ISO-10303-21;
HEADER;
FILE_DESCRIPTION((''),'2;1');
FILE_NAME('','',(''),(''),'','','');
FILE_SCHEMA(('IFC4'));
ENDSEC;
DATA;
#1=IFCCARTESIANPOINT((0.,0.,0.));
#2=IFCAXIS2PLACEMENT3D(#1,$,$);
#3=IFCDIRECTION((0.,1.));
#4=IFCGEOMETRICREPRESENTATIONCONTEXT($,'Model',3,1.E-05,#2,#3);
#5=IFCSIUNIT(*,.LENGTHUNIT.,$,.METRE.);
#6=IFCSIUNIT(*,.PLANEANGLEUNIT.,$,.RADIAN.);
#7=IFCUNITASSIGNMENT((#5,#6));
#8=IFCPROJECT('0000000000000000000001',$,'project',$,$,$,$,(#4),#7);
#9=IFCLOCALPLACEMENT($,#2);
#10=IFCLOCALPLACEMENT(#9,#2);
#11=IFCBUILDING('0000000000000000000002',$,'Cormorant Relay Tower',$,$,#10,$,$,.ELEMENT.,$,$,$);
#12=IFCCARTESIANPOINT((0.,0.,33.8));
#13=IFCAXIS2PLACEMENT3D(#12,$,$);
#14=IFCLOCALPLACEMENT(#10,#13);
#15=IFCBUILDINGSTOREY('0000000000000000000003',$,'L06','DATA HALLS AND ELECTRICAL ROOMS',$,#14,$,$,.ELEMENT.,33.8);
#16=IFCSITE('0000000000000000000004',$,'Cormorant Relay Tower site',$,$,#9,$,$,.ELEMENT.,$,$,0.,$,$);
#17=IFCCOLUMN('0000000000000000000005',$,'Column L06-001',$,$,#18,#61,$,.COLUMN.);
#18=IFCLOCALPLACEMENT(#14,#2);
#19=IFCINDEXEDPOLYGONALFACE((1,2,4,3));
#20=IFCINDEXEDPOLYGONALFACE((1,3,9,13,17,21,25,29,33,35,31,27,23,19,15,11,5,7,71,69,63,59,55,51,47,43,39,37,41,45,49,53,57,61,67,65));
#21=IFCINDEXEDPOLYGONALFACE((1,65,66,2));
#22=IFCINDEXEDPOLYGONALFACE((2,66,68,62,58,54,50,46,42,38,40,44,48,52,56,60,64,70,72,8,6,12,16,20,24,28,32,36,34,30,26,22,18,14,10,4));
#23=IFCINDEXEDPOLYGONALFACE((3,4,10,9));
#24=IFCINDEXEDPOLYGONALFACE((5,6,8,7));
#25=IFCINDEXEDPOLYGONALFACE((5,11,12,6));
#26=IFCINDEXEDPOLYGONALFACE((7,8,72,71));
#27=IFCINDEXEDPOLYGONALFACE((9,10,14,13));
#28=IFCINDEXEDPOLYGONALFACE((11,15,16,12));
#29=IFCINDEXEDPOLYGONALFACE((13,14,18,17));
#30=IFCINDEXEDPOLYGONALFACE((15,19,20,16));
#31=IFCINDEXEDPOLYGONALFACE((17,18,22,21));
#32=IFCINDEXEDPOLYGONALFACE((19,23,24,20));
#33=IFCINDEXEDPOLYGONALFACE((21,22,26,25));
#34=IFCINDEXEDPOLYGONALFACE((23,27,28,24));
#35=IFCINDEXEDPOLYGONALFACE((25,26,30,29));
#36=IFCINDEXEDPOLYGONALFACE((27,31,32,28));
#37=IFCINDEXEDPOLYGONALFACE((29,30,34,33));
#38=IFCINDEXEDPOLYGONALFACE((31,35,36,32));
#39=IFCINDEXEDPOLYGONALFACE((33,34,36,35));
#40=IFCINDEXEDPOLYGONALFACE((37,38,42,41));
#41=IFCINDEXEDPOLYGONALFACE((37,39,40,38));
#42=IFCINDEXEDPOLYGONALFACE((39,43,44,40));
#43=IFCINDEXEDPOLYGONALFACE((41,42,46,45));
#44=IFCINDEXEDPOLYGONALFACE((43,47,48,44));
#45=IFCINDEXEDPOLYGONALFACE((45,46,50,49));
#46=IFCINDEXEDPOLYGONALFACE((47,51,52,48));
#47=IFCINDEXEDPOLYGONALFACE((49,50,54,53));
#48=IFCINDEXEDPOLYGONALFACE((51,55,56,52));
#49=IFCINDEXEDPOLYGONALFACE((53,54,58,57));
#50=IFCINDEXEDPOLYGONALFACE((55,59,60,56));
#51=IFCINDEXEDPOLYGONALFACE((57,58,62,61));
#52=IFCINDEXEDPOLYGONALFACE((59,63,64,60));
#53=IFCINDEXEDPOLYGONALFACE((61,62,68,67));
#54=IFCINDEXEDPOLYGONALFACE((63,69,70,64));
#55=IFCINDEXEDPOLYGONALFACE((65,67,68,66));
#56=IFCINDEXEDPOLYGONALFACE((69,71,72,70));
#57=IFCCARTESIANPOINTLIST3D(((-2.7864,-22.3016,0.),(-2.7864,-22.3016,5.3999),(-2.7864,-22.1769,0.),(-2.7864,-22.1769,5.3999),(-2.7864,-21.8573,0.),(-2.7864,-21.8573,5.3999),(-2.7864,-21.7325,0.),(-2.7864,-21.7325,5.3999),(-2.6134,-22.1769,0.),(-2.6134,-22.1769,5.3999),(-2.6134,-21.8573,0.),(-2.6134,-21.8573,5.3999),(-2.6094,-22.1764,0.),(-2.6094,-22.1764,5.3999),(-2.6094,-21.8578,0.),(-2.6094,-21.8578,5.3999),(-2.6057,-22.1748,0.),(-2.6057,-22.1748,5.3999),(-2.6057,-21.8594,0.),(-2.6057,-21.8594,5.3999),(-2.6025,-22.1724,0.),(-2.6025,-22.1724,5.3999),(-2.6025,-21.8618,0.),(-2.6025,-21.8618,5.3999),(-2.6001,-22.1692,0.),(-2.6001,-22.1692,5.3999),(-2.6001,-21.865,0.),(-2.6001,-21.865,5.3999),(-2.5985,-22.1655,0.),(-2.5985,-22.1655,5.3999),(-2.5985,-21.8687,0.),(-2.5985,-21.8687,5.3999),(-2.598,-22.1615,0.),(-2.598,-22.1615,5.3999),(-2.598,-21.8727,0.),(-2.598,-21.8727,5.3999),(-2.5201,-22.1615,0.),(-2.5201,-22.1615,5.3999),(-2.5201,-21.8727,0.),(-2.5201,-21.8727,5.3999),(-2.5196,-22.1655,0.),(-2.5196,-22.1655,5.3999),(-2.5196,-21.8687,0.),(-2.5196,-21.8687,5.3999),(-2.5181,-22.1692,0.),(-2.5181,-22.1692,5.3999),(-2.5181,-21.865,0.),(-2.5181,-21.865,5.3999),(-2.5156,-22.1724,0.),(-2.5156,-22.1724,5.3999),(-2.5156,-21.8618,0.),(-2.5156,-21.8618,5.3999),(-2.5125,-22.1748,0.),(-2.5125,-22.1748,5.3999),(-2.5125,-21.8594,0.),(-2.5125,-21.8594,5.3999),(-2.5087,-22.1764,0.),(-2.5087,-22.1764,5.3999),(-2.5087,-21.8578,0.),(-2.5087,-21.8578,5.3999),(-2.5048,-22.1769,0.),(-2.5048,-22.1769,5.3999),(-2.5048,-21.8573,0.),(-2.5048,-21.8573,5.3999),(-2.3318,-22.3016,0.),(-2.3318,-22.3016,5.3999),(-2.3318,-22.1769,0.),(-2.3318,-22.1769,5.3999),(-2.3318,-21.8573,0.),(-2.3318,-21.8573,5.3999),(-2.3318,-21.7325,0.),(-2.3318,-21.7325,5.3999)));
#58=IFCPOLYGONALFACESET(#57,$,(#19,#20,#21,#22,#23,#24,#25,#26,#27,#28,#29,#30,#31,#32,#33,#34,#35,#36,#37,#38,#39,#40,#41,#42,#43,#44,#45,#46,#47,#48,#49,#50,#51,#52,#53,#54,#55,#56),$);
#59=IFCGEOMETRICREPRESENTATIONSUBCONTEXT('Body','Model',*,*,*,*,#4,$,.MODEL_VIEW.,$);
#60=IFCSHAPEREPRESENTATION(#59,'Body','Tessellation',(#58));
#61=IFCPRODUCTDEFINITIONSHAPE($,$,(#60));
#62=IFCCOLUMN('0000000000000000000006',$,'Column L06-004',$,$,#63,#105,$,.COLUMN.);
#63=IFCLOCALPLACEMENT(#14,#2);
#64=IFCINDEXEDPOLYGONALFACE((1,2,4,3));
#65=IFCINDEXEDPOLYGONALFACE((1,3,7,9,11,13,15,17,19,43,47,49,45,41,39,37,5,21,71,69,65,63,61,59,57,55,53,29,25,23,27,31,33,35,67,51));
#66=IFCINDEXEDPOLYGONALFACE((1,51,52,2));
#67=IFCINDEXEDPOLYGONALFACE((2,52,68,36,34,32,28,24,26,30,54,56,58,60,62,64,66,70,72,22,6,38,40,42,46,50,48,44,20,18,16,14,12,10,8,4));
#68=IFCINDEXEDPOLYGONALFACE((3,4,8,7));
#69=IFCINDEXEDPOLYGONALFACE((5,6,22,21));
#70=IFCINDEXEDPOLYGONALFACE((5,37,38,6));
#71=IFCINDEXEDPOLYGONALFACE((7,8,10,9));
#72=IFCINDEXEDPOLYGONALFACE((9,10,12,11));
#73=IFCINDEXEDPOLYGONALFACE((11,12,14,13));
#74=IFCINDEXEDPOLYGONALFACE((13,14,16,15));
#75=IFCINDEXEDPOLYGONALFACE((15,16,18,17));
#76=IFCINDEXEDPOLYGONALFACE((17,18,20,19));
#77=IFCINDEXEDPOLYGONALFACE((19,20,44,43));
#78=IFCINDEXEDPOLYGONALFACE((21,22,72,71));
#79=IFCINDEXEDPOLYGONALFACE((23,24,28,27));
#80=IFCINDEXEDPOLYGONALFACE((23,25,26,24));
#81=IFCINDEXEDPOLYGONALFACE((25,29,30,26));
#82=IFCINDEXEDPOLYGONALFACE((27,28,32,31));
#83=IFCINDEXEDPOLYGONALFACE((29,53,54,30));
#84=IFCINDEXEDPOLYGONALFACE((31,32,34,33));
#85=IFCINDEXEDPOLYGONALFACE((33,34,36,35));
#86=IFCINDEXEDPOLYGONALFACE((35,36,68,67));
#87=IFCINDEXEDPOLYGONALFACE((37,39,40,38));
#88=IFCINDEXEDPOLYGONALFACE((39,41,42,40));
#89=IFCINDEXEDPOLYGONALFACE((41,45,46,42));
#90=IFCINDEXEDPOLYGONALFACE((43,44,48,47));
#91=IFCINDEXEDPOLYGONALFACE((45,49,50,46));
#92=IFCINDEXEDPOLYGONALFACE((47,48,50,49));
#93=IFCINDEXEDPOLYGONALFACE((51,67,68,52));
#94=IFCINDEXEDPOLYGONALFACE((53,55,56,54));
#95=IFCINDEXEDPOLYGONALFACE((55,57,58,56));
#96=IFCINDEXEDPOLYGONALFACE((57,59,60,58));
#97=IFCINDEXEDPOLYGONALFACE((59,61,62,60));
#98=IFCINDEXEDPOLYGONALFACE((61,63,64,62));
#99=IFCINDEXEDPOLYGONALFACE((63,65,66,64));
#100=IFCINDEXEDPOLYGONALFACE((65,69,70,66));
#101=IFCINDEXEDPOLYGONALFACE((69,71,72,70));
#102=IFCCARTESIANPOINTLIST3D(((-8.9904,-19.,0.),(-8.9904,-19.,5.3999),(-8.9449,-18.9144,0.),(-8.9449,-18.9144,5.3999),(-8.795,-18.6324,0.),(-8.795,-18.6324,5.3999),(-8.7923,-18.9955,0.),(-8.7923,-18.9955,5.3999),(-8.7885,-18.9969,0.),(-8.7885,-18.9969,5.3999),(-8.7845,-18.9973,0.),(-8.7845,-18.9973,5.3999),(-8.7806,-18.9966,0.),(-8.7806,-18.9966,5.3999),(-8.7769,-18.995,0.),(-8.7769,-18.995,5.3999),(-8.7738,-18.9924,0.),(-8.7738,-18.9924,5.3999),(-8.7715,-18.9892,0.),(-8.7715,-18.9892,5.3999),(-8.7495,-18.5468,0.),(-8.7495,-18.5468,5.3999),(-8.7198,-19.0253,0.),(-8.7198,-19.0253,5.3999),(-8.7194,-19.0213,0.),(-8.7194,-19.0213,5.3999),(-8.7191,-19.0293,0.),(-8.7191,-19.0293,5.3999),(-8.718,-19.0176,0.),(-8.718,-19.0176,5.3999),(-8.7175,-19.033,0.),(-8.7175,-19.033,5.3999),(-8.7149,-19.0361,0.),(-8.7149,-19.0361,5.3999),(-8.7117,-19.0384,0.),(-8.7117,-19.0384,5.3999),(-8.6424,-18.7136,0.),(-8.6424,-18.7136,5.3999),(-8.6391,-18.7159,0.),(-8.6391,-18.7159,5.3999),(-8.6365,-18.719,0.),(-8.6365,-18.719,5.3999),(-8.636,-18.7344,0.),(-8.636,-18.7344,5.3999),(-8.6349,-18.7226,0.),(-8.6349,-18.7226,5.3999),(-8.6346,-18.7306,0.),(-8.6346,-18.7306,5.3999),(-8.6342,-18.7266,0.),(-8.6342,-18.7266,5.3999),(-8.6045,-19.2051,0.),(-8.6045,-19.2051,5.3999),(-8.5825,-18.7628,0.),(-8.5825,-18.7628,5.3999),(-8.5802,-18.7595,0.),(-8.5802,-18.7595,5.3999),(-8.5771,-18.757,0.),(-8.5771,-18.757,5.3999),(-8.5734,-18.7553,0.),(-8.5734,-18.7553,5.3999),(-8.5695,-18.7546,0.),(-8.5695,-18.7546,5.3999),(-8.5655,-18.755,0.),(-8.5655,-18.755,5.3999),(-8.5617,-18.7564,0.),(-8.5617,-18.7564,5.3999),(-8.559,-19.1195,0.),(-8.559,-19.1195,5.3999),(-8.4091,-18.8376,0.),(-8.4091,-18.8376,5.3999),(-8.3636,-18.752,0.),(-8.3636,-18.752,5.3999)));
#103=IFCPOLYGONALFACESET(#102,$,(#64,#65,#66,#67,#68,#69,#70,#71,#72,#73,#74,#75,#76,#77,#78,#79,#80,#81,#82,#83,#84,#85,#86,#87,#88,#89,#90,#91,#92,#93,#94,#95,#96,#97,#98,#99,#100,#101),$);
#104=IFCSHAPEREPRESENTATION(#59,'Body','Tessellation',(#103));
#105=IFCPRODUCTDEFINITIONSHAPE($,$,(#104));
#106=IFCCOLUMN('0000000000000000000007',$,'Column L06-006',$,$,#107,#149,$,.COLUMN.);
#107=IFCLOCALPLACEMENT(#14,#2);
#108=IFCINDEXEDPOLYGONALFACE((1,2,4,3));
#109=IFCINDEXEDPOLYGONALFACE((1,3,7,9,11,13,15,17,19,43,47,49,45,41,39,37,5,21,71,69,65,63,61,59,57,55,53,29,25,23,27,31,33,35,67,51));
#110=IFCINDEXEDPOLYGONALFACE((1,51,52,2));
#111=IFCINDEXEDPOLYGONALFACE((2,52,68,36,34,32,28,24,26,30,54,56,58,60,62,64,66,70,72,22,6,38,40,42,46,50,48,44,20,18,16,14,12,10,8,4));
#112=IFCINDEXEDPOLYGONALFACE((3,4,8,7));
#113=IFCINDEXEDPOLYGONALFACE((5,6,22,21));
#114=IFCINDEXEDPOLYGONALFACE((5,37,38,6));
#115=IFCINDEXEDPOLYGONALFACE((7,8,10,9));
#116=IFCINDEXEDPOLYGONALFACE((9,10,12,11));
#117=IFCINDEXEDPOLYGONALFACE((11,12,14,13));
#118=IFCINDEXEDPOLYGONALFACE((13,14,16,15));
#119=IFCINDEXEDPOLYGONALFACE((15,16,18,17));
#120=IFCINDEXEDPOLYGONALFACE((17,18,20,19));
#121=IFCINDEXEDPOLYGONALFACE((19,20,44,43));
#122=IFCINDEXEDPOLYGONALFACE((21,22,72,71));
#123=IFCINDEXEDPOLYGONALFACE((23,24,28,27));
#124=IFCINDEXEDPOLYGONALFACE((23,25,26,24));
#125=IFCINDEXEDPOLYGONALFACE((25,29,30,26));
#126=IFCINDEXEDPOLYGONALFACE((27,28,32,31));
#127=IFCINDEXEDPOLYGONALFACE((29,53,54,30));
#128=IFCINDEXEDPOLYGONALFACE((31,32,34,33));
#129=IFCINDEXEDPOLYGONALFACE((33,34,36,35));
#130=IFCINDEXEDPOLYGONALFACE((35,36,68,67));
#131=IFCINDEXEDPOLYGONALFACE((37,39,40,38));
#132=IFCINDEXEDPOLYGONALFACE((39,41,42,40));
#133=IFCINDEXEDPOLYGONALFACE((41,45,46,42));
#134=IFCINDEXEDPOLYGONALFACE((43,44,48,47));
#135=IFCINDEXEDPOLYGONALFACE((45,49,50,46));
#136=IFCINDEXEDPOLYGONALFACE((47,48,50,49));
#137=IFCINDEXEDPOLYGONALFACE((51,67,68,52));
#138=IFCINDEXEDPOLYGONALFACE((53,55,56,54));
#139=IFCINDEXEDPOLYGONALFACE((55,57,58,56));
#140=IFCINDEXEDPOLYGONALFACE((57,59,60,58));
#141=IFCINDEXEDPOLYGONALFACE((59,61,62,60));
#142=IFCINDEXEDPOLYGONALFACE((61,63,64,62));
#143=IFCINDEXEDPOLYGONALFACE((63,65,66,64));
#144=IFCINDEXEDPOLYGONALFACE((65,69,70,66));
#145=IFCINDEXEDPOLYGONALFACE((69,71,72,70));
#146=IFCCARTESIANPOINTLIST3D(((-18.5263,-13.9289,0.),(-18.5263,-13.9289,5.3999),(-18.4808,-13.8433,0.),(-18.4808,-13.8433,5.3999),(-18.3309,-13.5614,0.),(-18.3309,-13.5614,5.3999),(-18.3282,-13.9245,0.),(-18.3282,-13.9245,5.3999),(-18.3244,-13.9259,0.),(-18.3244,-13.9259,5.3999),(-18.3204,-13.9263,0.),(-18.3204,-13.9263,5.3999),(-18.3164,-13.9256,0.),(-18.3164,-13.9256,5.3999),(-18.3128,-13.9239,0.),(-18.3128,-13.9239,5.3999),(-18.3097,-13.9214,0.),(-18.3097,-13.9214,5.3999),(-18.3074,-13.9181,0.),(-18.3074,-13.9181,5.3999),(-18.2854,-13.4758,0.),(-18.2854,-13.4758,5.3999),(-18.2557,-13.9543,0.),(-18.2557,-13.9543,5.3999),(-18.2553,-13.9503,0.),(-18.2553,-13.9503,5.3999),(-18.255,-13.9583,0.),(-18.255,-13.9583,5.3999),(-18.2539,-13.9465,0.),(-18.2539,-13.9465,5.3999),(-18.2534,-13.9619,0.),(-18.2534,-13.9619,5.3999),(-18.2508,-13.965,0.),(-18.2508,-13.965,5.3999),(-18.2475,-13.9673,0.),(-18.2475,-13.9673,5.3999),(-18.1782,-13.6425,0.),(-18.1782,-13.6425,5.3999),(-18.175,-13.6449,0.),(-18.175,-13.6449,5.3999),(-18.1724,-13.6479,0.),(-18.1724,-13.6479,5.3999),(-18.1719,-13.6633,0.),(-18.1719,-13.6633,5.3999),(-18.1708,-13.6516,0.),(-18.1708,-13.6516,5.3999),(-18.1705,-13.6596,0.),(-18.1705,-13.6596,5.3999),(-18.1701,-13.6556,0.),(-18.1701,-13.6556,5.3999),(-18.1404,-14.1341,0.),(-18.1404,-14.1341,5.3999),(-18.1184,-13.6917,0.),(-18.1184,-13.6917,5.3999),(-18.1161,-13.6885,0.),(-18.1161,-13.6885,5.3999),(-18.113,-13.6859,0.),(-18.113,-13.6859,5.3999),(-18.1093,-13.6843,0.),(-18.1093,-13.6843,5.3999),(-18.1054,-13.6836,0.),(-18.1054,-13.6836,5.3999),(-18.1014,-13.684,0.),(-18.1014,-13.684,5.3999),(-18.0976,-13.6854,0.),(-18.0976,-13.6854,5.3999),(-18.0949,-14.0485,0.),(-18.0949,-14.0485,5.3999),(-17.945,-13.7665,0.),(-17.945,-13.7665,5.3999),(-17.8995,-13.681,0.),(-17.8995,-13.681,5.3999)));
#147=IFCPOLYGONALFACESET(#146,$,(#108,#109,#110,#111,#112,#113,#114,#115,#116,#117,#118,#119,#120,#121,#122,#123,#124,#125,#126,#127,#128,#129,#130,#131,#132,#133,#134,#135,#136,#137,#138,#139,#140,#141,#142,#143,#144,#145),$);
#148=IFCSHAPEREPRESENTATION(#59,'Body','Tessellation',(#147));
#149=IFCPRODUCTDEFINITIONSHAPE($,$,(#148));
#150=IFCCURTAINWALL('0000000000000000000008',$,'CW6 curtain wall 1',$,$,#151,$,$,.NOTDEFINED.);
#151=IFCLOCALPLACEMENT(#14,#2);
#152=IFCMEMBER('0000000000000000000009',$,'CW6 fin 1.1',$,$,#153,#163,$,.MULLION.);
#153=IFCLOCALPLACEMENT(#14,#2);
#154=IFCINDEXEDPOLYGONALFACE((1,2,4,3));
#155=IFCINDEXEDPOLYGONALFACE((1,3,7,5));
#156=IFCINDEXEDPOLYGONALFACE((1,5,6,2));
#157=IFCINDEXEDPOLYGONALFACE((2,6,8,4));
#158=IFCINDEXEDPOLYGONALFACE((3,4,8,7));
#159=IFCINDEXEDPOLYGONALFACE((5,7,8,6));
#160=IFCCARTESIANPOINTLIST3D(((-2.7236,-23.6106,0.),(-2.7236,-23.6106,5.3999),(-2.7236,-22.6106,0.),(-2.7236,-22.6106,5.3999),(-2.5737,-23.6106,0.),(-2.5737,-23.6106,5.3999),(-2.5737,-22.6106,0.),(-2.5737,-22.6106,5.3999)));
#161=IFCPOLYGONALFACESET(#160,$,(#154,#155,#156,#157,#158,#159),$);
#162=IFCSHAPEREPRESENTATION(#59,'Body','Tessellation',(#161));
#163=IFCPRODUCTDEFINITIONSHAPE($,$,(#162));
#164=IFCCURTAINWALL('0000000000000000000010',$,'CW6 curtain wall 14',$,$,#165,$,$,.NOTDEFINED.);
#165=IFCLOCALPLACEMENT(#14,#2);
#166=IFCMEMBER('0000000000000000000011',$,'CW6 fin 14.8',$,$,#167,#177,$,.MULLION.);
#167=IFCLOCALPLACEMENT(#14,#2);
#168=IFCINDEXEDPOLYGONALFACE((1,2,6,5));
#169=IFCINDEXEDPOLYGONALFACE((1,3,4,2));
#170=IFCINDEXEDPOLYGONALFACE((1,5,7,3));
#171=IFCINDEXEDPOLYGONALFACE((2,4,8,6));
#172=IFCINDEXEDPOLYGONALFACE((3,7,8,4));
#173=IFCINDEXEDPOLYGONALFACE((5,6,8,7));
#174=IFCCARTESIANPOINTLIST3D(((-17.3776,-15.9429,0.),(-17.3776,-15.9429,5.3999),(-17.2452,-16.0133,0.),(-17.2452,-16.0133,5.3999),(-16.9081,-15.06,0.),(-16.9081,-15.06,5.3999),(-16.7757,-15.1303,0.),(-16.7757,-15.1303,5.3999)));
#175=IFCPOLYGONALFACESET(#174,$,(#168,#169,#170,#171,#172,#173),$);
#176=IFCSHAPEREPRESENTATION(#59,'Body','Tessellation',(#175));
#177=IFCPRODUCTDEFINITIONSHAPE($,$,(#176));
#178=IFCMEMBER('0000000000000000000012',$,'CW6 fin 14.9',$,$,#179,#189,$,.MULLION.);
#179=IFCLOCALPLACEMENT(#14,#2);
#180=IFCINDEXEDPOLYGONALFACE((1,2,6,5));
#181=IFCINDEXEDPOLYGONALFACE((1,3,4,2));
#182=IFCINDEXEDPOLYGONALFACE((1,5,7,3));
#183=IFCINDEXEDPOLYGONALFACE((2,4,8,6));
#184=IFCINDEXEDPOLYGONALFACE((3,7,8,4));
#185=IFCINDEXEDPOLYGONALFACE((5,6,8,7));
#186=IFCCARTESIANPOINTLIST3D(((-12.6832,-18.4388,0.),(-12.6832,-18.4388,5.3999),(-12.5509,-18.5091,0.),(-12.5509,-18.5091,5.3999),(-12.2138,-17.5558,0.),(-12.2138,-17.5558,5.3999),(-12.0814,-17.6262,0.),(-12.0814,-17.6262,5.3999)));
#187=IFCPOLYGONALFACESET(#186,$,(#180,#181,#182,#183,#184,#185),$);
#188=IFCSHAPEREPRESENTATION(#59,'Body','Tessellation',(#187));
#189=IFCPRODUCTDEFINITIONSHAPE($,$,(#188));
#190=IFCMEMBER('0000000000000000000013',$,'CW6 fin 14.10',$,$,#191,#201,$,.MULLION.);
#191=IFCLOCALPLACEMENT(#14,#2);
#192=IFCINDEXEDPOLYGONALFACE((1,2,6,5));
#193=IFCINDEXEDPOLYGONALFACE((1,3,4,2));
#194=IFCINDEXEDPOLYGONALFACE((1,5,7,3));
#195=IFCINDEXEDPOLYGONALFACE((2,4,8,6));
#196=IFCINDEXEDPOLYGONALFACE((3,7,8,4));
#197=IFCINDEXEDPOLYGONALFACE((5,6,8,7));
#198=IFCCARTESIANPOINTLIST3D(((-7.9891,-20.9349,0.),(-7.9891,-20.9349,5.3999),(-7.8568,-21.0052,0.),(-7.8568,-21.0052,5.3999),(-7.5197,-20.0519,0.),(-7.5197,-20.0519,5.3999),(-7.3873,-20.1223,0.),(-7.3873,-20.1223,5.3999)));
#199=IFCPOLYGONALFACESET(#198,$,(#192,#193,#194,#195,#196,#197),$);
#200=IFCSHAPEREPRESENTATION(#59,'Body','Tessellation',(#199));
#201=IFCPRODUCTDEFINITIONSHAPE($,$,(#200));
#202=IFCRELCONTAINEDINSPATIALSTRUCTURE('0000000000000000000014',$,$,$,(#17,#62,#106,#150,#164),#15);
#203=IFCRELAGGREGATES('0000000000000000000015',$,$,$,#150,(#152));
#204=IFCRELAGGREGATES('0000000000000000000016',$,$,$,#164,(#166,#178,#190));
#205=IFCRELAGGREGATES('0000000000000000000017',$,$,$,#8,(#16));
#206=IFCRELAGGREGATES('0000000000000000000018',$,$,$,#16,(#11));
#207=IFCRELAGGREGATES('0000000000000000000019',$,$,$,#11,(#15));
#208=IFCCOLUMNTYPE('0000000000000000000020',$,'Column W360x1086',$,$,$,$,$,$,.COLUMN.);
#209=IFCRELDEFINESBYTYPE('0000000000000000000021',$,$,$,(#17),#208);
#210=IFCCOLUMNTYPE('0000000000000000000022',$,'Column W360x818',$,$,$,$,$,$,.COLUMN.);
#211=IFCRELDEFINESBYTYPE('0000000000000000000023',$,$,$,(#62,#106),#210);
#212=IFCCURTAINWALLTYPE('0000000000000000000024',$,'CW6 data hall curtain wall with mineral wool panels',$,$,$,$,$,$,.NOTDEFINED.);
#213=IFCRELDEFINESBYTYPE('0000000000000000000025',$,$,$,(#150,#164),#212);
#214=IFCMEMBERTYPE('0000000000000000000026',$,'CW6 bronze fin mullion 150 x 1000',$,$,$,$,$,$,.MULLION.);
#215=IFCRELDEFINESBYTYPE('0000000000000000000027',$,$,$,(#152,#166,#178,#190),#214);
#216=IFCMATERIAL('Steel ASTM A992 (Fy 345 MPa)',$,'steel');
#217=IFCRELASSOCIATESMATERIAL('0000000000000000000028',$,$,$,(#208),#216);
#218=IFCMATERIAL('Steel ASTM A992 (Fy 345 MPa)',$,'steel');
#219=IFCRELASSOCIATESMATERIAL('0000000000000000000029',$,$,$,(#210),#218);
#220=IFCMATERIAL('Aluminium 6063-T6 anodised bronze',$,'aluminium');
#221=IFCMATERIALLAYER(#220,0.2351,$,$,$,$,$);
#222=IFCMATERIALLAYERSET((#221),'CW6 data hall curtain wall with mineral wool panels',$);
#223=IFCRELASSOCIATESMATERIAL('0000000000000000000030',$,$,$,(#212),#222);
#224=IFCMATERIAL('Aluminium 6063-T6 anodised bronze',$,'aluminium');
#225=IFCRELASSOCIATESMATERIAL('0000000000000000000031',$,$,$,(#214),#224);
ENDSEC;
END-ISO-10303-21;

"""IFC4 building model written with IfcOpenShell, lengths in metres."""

from ifc_helpers import new_model, si_unit, direction, frame, origin, origin_2d, place, context, subcontext, project, spatial, rectangle, i_section, extrude, material, layer, layer_set, material_profile, profile_set, type_object, element, aggregate, save


model = new_model("IFC4")

# Units and contexts
model_context = context("Model", 3, precision=1e-05, world=origin(), true_north=direction((0.0, 1.0)))
body_context = subcontext(model_context, "Body", "Model", "MODEL_VIEW")
ifc_project = project(units=[si_unit("LENGTHUNIT", "METRE"), si_unit("PLANEANGLEUNIT", "RADIAN")], contexts=[model_context])

# Site, building, storey
site_placement = place(None, origin())
site = spatial("IfcSite", under=ifc_project, at=site_placement, Name="Cormorant Relay Tower site", CompositionType="ELEMENT", RefElevation=0.0)
building_placement = place(site_placement, origin())
building = spatial("IfcBuilding", under=site, at=building_placement, Name="Cormorant Relay Tower", CompositionType="ELEMENT")
storey_placement = place(building_placement, frame((0.0, 0.0, 33.8)))
storey = spatial("IfcBuildingStorey", under=building, at=storey_placement, Name="L06", Description="DATA HALLS AND ELECTRICAL ROOMS", CompositionType="ELEMENT", Elevation=33.8)

# Columns
ifc_material_1 = material(Name="Steel ASTM A992 (Fy 345 MPa)", Category="steel")
ifc_material_profile_1 = material_profile(ifc_material_1, i_section(OverallWidth=0.4546, OverallDepth=0.5691, WebThickness=0.0779, FlangeThickness=0.1248, FilletRadius=0.0154, at=origin_2d()), Name="W360x1086")
ifc_profile_set_1 = profile_set([ifc_material_profile_1], Name="Steel ASTM A992 (Fy 345 MPa)")
column_type_1 = type_object("IfcColumnType", Name="Column W360x1086", PredefinedType="COLUMN", material=ifc_profile_set_1)
column_placement = place(storey_placement, frame((-2.5591, -22.0171, 0.0), z_axis=(0.0, 0.0, 1.0), x_axis=(1.0, 0.0, 0.0)))
element("IfcColumn", 1, at=column_placement, inside=storey, type_object=column_type_1, Name="Column L06-001", PredefinedType="COLUMN", context=body_context, shape_type="SweptSolid", body=[
    extrude(i_section(OverallWidth=0.4546, OverallDepth=0.5691, WebThickness=0.0779, FlangeThickness=0.1248, FilletRadius=0.0154, at=origin_2d()), origin(), (0.0, 0.0, 1.0), 5.3999),
])
ifc_material_2 = material(Name="Steel ASTM A992 (Fy 345 MPa)", Category="steel")
ifc_material_profile_2 = material_profile(ifc_material_2, i_section(OverallWidth=0.437, OverallDepth=0.5132, WebThickness=0.0605, FlangeThickness=0.0969, FilletRadius=0.0154, at=origin_2d()), Name="W360x818")
ifc_profile_set_2 = profile_set([ifc_material_profile_2], Name="Steel ASTM A992 (Fy 345 MPa)")
column_type_2 = type_object("IfcColumnType", Name="Column W360x818", PredefinedType="COLUMN", material=ifc_profile_set_2)
for number, where, z_axis, x_axis, name in (
    (2, (-8.677, -18.876, 0.0), (0.0, 0.0, 1.0), (0.882948, -0.469472, 0.0), "Column L06-004"),
    (3, (-18.2129, -13.8049, 0.0), (0.0, 0.0, 1.0), (0.882948, -0.469472, 0.0), "Column L06-006"),
):
    element("IfcColumn", number, at=place(storey_placement, frame(where, z_axis=z_axis, x_axis=x_axis)), inside=storey, type_object=column_type_2, Name=name, PredefinedType="COLUMN", context=body_context, shape_type="SweptSolid", body=[
        extrude(i_section(OverallWidth=0.437, OverallDepth=0.5132, WebThickness=0.0605, FlangeThickness=0.0969, FilletRadius=0.0154, at=origin_2d()), origin(), (0.0, 0.0, 1.0), 5.3999),
    ])

# Curtain wall, member
ifc_material_3 = material(Name="Aluminium 6063-T6 anodised bronze", Category="aluminium")
ifc_layer_1 = layer(ifc_material_3, 0.2351)
ifc_layer_set_1 = layer_set([ifc_layer_1], Name="CW6 data hall curtain wall with mineral wool panels")
curtain_wall_type = type_object("IfcCurtainWallType", Name="CW6 data hall curtain wall with mineral wool panels", PredefinedType="NOTDEFINED", material=ifc_layer_set_1)
curtain_wall_1_placement = place(storey_placement, origin())
curtain_wall_1 = element("IfcCurtainWall", 4, at=curtain_wall_1_placement, inside=storey, type_object=curtain_wall_type, Name="CW6 curtain wall 1", PredefinedType="NOTDEFINED")
ifc_material_4 = material(Name="Aluminium 6063-T6 anodised bronze", Category="aluminium")
ifc_material_profile_3 = material_profile(ifc_material_4, rectangle(XDim=0.1499, YDim=1.0, at=origin_2d()), Name="AL 150x1000")
ifc_profile_set_3 = profile_set([ifc_material_profile_3], Name="Aluminium 6063-T6 anodised bronze")
member_type_1 = type_object("IfcMemberType", Name="CW6 bronze fin mullion 150 x 1000", PredefinedType="MULLION", material=ifc_profile_set_3)
member_1_placement = place(storey_placement, frame((-2.6487, -23.1106, 0.0), z_axis=(0.0, 0.0, 1.0), x_axis=(1.0, 0.0, 0.0)))
member_1 = element("IfcMember", 5, at=member_1_placement, type_object=member_type_1, Name="CW6 fin 1.1", PredefinedType="MULLION", context=body_context, shape_type="SweptSolid", body=[
    extrude(rectangle(XDim=0.1499, YDim=1.0, at=origin_2d()), origin(), (0.0, 0.0, 1.0), 5.3999),
])

# Curtain wall, members
curtain_wall_2_placement = place(storey_placement, origin())
curtain_wall_2 = element("IfcCurtainWall", 6, at=curtain_wall_2_placement, inside=storey, type_object=curtain_wall_type, Name="CW6 curtain wall 14", PredefinedType="NOTDEFINED")
member_2_placement = place(storey_placement, frame((-17.0767, -15.5366, 0.0), z_axis=(0.0, 0.0, 1.0), x_axis=(0.882948, -0.469472, 0.0)))
member_2 = element("IfcMember", 7, at=member_2_placement, type_object=member_type_1, Name="CW6 fin 14.8", PredefinedType="MULLION", context=body_context, shape_type="SweptSolid", body=[
    extrude(rectangle(XDim=0.1499, YDim=1.0, at=origin_2d()), origin(), (0.0, 0.0, 1.0), 5.3999),
])
member_3_placement = place(storey_placement, frame((-12.3823, -18.0325, 0.0), z_axis=(0.0, 0.0, 1.0), x_axis=(0.882948, -0.469472, 0.0)))
member_3 = element("IfcMember", 8, at=member_3_placement, type_object=member_type_1, Name="CW6 fin 14.9", PredefinedType="MULLION", context=body_context, shape_type="SweptSolid", body=[
    extrude(rectangle(XDim=0.1499, YDim=1.0, at=origin_2d()), origin(), (0.0, 0.0, 1.0), 5.3999),
])
member_4_placement = place(storey_placement, frame((-7.6882, -20.5286, 0.0), z_axis=(0.0, 0.0, 1.0), x_axis=(0.882948, -0.469472, 0.0)))
member_4 = element("IfcMember", 9, at=member_4_placement, type_object=member_type_1, Name="CW6 fin 14.10", PredefinedType="MULLION", context=body_context, shape_type="SweptSolid", body=[
    extrude(rectangle(XDim=0.1499, YDim=1.0, at=origin_2d()), origin(), (0.0, 0.0, 1.0), 5.3999),
])

aggregate(curtain_wall_1, [member_1])

aggregate(curtain_wall_2, [member_2, member_3, member_4])

save(model, "model.ifc")
